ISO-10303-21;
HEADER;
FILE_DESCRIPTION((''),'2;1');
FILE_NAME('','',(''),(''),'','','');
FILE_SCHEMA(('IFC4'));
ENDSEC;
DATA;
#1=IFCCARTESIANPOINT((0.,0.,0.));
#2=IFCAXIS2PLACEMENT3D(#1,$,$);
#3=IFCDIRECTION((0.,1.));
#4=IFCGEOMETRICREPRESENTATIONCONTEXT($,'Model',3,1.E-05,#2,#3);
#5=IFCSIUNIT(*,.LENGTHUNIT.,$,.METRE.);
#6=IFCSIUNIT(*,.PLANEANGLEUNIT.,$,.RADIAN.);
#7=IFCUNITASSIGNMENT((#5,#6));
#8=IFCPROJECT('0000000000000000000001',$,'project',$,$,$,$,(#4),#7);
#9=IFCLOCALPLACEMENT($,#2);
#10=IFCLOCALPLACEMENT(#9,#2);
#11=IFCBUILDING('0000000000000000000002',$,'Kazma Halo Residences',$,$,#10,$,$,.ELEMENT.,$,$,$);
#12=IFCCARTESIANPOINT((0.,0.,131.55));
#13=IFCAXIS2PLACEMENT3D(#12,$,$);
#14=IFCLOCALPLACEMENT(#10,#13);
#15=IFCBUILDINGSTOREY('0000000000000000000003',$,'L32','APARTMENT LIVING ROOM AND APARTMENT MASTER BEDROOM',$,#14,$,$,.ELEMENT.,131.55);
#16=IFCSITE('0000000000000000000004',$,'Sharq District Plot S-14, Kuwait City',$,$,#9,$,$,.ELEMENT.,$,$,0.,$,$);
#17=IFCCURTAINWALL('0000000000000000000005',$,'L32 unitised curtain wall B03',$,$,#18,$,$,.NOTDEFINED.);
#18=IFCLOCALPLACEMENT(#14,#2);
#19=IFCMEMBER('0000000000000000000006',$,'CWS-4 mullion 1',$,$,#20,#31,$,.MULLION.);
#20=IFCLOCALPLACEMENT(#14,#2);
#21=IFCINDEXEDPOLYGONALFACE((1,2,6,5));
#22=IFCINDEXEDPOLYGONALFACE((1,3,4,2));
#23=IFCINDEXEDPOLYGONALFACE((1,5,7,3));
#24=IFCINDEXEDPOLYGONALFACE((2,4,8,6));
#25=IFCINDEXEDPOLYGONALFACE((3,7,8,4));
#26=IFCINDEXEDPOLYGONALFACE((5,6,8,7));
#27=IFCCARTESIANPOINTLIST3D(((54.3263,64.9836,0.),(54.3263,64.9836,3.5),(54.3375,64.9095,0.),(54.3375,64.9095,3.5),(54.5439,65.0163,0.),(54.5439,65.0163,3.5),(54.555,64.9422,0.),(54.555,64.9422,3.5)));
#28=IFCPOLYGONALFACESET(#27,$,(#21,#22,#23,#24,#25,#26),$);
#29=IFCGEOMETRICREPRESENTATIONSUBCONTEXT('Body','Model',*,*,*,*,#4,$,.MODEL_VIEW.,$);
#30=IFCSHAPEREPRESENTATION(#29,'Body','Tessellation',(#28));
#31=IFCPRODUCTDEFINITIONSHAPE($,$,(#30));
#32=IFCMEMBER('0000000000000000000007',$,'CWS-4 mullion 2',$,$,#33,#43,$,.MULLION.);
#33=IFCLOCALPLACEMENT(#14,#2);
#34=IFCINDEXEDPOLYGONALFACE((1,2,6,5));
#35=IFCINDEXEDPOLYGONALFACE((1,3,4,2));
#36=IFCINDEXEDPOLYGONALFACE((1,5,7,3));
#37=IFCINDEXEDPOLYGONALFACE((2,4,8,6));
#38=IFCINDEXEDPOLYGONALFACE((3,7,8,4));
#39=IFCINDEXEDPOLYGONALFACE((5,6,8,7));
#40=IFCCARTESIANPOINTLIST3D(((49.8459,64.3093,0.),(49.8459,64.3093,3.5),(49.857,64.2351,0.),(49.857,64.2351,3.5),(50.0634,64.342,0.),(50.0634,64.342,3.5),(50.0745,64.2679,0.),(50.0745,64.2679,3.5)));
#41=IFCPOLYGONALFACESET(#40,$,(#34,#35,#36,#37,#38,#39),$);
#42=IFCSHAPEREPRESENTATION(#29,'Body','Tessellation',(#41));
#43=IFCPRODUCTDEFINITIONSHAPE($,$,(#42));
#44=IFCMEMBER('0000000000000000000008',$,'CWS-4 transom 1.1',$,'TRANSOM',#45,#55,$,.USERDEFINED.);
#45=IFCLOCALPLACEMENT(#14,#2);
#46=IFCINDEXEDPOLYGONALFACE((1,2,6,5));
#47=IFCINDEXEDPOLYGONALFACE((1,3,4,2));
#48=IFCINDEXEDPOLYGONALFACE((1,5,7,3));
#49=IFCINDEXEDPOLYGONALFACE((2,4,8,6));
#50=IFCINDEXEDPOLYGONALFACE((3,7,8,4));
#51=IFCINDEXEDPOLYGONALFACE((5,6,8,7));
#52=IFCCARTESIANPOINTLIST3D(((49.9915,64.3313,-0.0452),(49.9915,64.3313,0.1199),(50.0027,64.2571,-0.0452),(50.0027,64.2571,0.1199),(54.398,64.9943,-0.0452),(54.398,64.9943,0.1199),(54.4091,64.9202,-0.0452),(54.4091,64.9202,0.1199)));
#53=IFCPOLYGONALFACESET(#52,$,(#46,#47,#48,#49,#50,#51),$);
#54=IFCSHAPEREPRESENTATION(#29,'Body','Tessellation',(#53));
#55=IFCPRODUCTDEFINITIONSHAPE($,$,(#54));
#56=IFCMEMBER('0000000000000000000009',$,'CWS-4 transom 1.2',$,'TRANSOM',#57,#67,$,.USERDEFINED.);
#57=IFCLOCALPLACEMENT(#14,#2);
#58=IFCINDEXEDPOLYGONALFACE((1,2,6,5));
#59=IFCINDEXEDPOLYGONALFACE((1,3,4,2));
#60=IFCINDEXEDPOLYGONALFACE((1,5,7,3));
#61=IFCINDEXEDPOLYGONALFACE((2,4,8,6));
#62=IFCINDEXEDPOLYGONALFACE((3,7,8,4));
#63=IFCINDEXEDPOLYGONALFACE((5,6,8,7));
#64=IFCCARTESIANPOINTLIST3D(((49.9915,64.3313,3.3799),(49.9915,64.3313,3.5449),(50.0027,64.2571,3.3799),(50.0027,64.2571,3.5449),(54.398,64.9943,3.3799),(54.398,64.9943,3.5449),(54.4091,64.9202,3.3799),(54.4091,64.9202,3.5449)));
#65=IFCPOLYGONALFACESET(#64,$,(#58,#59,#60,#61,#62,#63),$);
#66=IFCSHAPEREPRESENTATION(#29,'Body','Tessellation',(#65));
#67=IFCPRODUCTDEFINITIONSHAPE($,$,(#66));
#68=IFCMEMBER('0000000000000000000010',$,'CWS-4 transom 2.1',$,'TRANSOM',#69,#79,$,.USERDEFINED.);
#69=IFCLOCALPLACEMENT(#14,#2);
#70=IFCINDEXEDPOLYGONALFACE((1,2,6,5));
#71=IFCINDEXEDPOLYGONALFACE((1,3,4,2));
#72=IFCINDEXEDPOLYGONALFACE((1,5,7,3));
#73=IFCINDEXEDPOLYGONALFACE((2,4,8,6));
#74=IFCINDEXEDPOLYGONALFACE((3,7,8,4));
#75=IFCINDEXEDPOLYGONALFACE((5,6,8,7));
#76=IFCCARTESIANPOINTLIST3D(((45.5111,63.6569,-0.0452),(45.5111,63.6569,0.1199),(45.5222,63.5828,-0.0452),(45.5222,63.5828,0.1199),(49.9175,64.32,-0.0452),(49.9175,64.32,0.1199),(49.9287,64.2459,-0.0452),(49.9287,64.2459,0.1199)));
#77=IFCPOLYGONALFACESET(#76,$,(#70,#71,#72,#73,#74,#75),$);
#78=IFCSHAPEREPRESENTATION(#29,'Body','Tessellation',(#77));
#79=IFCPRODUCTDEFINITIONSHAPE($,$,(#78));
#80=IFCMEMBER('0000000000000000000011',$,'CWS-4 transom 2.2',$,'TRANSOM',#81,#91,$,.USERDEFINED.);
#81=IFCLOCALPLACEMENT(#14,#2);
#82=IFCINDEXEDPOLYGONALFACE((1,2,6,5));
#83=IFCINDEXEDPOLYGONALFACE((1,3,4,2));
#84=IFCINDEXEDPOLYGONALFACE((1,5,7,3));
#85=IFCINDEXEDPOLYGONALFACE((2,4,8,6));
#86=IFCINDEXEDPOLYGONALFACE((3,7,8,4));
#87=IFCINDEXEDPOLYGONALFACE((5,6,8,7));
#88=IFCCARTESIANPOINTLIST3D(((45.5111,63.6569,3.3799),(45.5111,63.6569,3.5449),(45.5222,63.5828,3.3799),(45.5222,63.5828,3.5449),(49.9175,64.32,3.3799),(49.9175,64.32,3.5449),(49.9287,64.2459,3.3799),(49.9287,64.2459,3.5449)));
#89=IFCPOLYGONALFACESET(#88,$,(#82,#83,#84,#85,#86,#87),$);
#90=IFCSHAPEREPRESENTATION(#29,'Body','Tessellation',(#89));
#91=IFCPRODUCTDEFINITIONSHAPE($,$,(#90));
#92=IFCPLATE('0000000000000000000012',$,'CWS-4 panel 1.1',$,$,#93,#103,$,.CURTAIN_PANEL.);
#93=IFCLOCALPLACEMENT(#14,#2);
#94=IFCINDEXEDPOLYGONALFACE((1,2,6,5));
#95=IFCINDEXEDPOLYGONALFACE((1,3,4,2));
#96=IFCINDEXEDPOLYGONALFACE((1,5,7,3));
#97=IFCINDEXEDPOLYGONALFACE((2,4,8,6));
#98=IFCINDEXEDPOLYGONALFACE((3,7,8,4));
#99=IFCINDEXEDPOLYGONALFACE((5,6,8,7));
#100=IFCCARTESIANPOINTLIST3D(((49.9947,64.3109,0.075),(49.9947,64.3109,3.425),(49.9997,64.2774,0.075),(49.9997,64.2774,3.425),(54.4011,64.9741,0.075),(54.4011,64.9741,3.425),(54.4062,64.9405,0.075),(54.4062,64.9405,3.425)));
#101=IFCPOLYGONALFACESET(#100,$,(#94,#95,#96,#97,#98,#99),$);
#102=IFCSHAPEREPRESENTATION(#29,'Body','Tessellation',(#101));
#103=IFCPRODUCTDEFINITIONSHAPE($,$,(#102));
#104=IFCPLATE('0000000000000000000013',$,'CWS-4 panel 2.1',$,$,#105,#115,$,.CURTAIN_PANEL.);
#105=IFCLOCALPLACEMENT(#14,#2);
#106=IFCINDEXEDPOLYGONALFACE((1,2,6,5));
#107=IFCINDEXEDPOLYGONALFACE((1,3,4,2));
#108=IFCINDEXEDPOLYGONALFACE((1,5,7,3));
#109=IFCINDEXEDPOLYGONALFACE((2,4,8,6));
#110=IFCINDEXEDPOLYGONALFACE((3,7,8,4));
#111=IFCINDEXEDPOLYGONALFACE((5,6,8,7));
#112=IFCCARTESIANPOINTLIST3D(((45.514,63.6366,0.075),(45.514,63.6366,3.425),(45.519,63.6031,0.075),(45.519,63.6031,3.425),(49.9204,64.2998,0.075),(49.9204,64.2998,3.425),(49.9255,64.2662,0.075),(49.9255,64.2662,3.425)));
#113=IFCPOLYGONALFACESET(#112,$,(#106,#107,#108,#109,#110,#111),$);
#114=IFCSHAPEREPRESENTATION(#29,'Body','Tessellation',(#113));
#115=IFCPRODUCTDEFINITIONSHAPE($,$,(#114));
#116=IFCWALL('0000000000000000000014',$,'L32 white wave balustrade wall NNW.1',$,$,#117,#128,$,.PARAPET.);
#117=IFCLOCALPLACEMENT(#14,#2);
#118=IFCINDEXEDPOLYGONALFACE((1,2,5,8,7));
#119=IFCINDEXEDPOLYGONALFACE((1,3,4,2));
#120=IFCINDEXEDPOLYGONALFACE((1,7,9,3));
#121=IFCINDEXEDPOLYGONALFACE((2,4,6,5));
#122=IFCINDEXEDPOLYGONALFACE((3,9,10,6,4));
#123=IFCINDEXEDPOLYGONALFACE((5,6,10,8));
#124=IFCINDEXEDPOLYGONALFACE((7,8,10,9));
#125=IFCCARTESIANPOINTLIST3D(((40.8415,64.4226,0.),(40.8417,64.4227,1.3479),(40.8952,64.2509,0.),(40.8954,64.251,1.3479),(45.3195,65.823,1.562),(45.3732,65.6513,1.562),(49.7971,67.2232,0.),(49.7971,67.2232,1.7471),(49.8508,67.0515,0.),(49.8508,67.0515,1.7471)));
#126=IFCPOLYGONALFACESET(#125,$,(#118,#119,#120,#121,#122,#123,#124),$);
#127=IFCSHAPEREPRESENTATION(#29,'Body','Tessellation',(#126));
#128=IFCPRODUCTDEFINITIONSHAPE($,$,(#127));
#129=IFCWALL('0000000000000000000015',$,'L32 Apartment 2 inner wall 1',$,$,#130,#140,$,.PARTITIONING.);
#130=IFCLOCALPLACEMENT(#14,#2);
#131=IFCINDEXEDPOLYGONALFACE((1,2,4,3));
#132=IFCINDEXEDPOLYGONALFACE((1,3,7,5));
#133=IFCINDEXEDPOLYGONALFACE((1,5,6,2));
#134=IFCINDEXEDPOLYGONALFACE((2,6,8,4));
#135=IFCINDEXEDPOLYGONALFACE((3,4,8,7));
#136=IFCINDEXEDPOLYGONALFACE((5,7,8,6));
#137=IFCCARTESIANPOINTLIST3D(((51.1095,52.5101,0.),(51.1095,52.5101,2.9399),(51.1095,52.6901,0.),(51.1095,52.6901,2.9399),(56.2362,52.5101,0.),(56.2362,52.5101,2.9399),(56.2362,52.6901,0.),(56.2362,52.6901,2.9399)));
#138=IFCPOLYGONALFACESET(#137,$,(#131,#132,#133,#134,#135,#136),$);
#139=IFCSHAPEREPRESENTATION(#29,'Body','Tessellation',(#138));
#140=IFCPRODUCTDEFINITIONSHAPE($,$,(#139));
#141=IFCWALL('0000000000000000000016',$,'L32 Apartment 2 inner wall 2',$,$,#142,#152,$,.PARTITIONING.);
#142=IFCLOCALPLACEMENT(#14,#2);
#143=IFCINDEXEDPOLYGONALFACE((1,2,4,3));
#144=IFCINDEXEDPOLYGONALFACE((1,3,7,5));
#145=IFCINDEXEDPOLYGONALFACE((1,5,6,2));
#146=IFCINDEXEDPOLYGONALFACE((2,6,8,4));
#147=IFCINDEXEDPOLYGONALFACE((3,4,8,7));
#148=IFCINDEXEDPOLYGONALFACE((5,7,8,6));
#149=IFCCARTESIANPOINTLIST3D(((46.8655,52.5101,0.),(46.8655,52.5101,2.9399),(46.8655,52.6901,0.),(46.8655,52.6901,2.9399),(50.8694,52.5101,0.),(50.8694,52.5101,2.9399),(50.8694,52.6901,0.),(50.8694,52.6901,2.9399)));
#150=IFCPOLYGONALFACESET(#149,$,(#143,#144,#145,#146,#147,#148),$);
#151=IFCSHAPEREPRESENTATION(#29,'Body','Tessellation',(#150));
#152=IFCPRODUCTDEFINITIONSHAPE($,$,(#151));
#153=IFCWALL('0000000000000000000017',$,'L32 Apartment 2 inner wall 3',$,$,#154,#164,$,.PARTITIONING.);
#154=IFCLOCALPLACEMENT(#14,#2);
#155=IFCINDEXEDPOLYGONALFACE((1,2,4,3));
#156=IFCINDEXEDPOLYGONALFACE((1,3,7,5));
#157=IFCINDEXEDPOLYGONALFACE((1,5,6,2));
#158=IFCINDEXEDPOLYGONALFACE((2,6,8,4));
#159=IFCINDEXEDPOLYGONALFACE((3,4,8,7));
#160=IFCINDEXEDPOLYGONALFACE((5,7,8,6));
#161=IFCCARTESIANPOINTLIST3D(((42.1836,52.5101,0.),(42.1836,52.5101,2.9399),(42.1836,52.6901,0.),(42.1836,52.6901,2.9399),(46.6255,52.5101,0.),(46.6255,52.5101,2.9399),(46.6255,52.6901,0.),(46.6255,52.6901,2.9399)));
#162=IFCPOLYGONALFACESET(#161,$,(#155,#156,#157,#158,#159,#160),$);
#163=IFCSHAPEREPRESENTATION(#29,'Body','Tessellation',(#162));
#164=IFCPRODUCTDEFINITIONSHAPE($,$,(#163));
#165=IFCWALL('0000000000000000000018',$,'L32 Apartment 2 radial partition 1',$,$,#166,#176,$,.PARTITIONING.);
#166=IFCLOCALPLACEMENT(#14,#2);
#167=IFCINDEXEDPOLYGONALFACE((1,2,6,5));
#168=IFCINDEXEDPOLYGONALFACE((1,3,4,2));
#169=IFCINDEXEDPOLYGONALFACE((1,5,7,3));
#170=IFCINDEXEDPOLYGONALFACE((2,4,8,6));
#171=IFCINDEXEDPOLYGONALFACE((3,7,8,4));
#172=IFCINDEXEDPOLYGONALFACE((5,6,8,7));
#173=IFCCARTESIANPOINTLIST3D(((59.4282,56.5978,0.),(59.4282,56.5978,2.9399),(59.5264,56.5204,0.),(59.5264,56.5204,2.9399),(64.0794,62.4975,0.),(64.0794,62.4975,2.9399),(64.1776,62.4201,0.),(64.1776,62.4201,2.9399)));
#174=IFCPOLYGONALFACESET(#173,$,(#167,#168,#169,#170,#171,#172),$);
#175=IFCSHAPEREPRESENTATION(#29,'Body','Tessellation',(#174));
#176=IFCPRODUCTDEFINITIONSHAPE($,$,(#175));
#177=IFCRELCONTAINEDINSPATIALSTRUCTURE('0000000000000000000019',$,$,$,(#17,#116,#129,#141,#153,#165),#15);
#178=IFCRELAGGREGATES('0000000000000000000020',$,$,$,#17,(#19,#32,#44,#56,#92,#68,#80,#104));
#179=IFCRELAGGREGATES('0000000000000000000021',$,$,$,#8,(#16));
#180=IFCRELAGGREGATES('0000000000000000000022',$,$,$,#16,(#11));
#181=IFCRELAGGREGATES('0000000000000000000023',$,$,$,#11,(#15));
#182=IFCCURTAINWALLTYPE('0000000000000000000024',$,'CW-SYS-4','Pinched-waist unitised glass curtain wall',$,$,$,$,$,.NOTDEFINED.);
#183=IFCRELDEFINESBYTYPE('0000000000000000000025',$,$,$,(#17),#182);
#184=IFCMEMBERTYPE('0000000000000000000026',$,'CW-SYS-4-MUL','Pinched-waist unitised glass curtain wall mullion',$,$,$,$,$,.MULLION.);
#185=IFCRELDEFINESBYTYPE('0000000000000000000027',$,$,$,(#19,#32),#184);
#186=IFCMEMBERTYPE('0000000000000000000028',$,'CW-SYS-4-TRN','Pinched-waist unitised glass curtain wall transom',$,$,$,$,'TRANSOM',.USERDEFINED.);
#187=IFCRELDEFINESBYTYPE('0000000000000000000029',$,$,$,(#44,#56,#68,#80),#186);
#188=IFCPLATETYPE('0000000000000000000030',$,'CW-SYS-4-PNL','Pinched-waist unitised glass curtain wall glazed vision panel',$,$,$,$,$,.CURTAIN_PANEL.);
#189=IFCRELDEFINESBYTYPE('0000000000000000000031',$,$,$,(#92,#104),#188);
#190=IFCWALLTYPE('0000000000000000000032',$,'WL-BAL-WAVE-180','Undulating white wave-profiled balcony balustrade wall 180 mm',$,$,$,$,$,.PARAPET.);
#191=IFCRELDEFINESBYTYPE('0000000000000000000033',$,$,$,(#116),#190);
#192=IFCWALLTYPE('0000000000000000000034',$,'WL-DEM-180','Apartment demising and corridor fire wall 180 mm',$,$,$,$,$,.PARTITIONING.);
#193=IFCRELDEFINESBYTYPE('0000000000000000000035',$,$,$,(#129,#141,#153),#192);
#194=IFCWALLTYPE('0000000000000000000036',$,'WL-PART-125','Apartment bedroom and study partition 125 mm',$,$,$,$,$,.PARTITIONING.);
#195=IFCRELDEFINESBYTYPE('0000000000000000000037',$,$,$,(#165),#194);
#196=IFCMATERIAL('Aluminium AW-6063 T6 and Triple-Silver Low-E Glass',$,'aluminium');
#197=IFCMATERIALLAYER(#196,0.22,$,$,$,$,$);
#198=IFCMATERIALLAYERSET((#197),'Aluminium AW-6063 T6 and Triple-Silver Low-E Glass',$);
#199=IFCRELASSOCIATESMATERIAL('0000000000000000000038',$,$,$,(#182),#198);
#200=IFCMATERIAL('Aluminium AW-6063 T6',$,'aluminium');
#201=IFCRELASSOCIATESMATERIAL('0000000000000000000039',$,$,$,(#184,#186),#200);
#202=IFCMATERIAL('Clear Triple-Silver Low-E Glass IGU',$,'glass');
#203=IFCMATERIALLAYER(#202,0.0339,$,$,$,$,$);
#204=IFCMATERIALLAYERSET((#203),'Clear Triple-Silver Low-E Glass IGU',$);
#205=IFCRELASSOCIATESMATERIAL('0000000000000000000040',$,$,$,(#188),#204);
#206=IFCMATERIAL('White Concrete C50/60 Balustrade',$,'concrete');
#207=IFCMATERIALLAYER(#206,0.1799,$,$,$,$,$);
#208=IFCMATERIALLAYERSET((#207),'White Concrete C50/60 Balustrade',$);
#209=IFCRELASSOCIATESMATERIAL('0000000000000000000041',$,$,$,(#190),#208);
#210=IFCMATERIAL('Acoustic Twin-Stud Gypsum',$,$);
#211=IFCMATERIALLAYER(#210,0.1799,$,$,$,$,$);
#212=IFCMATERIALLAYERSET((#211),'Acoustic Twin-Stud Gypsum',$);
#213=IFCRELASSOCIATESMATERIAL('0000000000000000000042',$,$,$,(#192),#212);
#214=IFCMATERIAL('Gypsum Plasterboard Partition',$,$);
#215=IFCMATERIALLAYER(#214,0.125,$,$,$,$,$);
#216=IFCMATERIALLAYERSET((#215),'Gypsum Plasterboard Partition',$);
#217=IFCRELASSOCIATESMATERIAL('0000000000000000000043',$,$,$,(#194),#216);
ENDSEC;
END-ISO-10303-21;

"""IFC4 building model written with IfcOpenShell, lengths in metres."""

from ifc_helpers import new_model, si_unit, direction, frame, frame_2d, origin, origin_2d, place, context, subcontext, project, spatial, polyline, rectangle, outline, extrude, material, layer, layer_set, material_profile, profile_set, type_object, element, aggregate, save


model = new_model("IFC4")

# Units and contexts
model_context = context("Model", 3, precision=1e-05, world=origin(), true_north=direction((0.0, 1.0)))
body_context = subcontext(model_context, "Body", "Model", "MODEL_VIEW")
ifc_project = project(units=[si_unit("LENGTHUNIT", "METRE"), si_unit("PLANEANGLEUNIT", "RADIAN")], contexts=[model_context])

# Site, building, storey
site_placement = place(None, origin())
site = spatial("IfcSite", under=ifc_project, at=site_placement, Name="Sharq District Plot S-14, Kuwait City", CompositionType="ELEMENT", RefElevation=0.0)
building_placement = place(site_placement, origin())
building = spatial("IfcBuilding", under=site, at=building_placement, Name="Kazma Halo Residences", CompositionType="ELEMENT")
storey_placement = place(building_placement, frame((0.0, 0.0, 131.55)))
storey = spatial("IfcBuildingStorey", under=building, at=storey_placement, Name="L32", Description="APARTMENT LIVING ROOM AND APARTMENT MASTER BEDROOM", CompositionType="ELEMENT", Elevation=131.55)

# Curtain wall, members, plates
ifc_material_1 = material(Name="Aluminium AW-6063 T6 and Triple-Silver Low-E Glass", Category="aluminium")
ifc_layer_1 = layer(ifc_material_1, 0.22)
ifc_layer_set_1 = layer_set([ifc_layer_1], Name="Aluminium AW-6063 T6 and Triple-Silver Low-E Glass")
curtain_wall_type = type_object("IfcCurtainWallType", Name="CW-SYS-4", Description="Pinched-waist unitised glass curtain wall", PredefinedType="NOTDEFINED", material=ifc_layer_set_1)
curtain_wall_placement = place(storey_placement, origin())
curtain_wall = element("IfcCurtainWall", 1, at=curtain_wall_placement, inside=storey, type_object=curtain_wall_type, Name="L32 unitised curtain wall B03", PredefinedType="NOTDEFINED")
ifc_material_2 = material(Name="Aluminium AW-6063 T6", Category="aluminium")
ifc_material_profile_1 = material_profile(ifc_material_2, rectangle(XDim=0.075, YDim=0.22, at=origin_2d()), Name="CWM-75x220")
ifc_profile_set_1 = profile_set([ifc_material_profile_1], Name="Aluminium AW-6063 T6")
member_type_1 = type_object("IfcMemberType", Name="CW-SYS-4-MUL", Description="Pinched-waist unitised glass curtain wall mullion", PredefinedType="MULLION", material=ifc_profile_set_1)
member_1_placement = place(storey_placement, frame((54.4407, 64.9629, 0.0), z_axis=(0.0, 0.0, 1.0), x_axis=(0.148821, -0.988864, 0.0)))
member_1 = element("IfcMember", 2, at=member_1_placement, type_object=member_type_1, Name="CWS-4 mullion 1", PredefinedType="MULLION", context=body_context, shape_type="SweptSolid", body=[
    extrude(rectangle(XDim=0.075, YDim=0.22, at=origin_2d()), origin(), (0.0, 0.0, 1.0), 3.5),
])
member_2_placement = place(storey_placement, frame((49.9602, 64.2886, 0.0), z_axis=(0.0, 0.0, 1.0), x_axis=(0.148821, -0.988864, 0.0)))
member_2 = element("IfcMember", 3, at=member_2_placement, type_object=member_type_1, Name="CWS-4 mullion 2", PredefinedType="MULLION", context=body_context, shape_type="SweptSolid", body=[
    extrude(rectangle(XDim=0.075, YDim=0.22, at=origin_2d()), origin(), (0.0, 0.0, 1.0), 3.5),
])
ifc_material_profile_2 = material_profile(ifc_material_2, rectangle(XDim=0.075, YDim=0.165, at=origin_2d()), Name="CWT-75x165")
ifc_profile_set_2 = profile_set([ifc_material_profile_2], Name="Aluminium AW-6063 T6")
member_type_2 = type_object("IfcMemberType", Name="CW-SYS-4-TRN", Description="Pinched-waist unitised glass curtain wall transom", ElementType="TRANSOM", PredefinedType="USERDEFINED", material=ifc_profile_set_2)
member_3_placement = place(storey_placement, frame((54.4036, 64.9573, 0.0374), z_axis=(-0.988867, -0.148804, 0.0), x_axis=(0.148804, -0.988867, 0.0)))
member_3 = element("IfcMember", 4, at=member_3_placement, type_object=member_type_2, Name="CWS-4 transom 1.1", ObjectType="TRANSOM", PredefinedType="USERDEFINED", context=body_context, shape_type="SweptSolid", body=[
    extrude(rectangle(XDim=0.075, YDim=0.165, at=origin_2d()), origin(), (0.0, 0.0, 1.0), 4.4561),
])
member_4_placement = place(storey_placement, frame((54.4036, 64.9573, 3.4624), z_axis=(-0.988867, -0.148804, 0.0), x_axis=(0.148804, -0.988867, 0.0)))
member_4 = element("IfcMember", 5, at=member_4_placement, type_object=member_type_2, Name="CWS-4 transom 1.2", ObjectType="TRANSOM", PredefinedType="USERDEFINED", context=body_context, shape_type="SweptSolid", body=[
    extrude(rectangle(XDim=0.075, YDim=0.165, at=origin_2d()), origin(), (0.0, 0.0, 1.0), 4.4561),
])
member_5_placement = place(storey_placement, frame((49.9231, 64.283, 0.0374), z_axis=(-0.988867, -0.148804, 0.0), x_axis=(0.148804, -0.988867, 0.0)))
member_5 = element("IfcMember", 6, at=member_5_placement, type_object=member_type_2, Name="CWS-4 transom 2.1", ObjectType="TRANSOM", PredefinedType="USERDEFINED", context=body_context, shape_type="SweptSolid", body=[
    extrude(rectangle(XDim=0.075, YDim=0.165, at=origin_2d()), origin(), (0.0, 0.0, 1.0), 4.4561),
])
member_6_placement = place(storey_placement, frame((49.9231, 64.283, 3.4624), z_axis=(-0.988867, -0.148804, 0.0), x_axis=(0.148804, -0.988867, 0.0)))
member_6 = element("IfcMember", 7, at=member_6_placement, type_object=member_type_2, Name="CWS-4 transom 2.2", ObjectType="TRANSOM", PredefinedType="USERDEFINED", context=body_context, shape_type="SweptSolid", body=[
    extrude(rectangle(XDim=0.075, YDim=0.165, at=origin_2d()), origin(), (0.0, 0.0, 1.0), 4.4561),
])
ifc_material_3 = material(Name="Clear Triple-Silver Low-E Glass IGU", Category="glass")
ifc_layer_2 = layer(ifc_material_3, 0.0339)
ifc_layer_set_2 = layer_set([ifc_layer_2], Name="Clear Triple-Silver Low-E Glass IGU")
plate_type = type_object("IfcPlateType", Name="CW-SYS-4-PNL", Description="Pinched-waist unitised glass curtain wall glazed vision panel", PredefinedType="CURTAIN_PANEL", material=ifc_layer_set_2)
plate_1_placement = place(storey_placement, frame((52.2004, 64.6257, 0.075), z_axis=(0.0, 0.0, 1.0), x_axis=(-0.988864, -0.148821, 0.0)))
plate_1 = element("IfcPlate", 8, at=plate_1_placement, type_object=plate_type, Name="CWS-4 panel 1.1", PredefinedType="CURTAIN_PANEL", context=body_context, shape_type="SweptSolid", body=[
    extrude(rectangle(XDim=4.4561, YDim=0.0339, at=origin_2d()), origin(), (0.0, 0.0, 1.0), 3.3501),
])
plate_2_placement = place(storey_placement, frame((47.7197, 63.9514, 0.075), z_axis=(0.0, 0.0, 1.0), x_axis=(-0.988864, -0.148821, 0.0)))
plate_2 = element("IfcPlate", 9, at=plate_2_placement, type_object=plate_type, Name="CWS-4 panel 2.1", PredefinedType="CURTAIN_PANEL", context=body_context, shape_type="SweptSolid", body=[
    extrude(rectangle(XDim=4.4561, YDim=0.0339, at=origin_2d()), origin(), (0.0, 0.0, 1.0), 3.3501),
])
aggregate(curtain_wall, [member_1, member_2, member_3, member_4, plate_1, member_5, member_6, plate_2])

# Walls
ifc_material_4 = material(Name="White Concrete C50/60 Balustrade", Category="concrete")
ifc_layer_3 = layer(ifc_material_4, 0.1799)
ifc_layer_set_3 = layer_set([ifc_layer_3], Name="White Concrete C50/60 Balustrade")
wall_type_1 = type_object("IfcWallType", Name="WL-BAL-WAVE-180", Description="Undulating white wave-profiled balcony balustrade wall 180 mm", PredefinedType="PARAPET", material=ifc_layer_set_3)
wall_1_placement = place(storey_placement, frame((49.824, 67.1372, 0.0), z_axis=(0.0, 0.0, 1.0), x_axis=(-0.954422, -0.298462, 0.0)))
element("IfcWall", 10, at=wall_1_placement, inside=storey, type_object=wall_type_1, Name="L32 white wave balustrade wall NNW.1", PredefinedType="PARAPET", context=body_context, shape_type="SweptSolid", body=[
    extrude(outline(polyline([(0.0, 0.0), (9.3833, 0.0), (9.3831, 1.3479), (4.6914, 1.562), (0.0, 1.7471), (0.0, 0.0)])), frame((0.0, 0.0898, 0.0), z_axis=(0.0, -1.0, 0.0), x_axis=(1.0, 0.0, 0.0)), (0.0, 0.0, 1.0), 0.1799),
])
ifc_material_5 = material(Name="Acoustic Twin-Stud Gypsum")
ifc_layer_4 = layer(ifc_material_5, 0.1799)
ifc_layer_set_4 = layer_set([ifc_layer_4], Name="Acoustic Twin-Stud Gypsum")
wall_type_2 = type_object("IfcWallType", Name="WL-DEM-180", Description="Apartment demising and corridor fire wall 180 mm", PredefinedType="PARTITIONING", material=ifc_layer_set_4)
wall_2_placement = place(storey_placement, frame((56.2363, 52.6001, 0.0), z_axis=(0.0, 0.0, 1.0), x_axis=(-1.0, 0.0, 0.0)))
element("IfcWall", 11, at=wall_2_placement, inside=storey, type_object=wall_type_2, Name="L32 Apartment 2 inner wall 1", PredefinedType="PARTITIONING", context=body_context, shape_type="SweptSolid", body=[
    extrude(rectangle(XDim=5.1267, YDim=0.1799, at=frame_2d((2.5635, 0.0))), origin(), (0.0, 0.0, 1.0), 2.9399),
])
wall_3_placement = place(storey_placement, frame((50.8694, 52.6001, 0.0), z_axis=(0.0, 0.0, 1.0), x_axis=(-1.0, 0.0, 0.0)))
element("IfcWall", 12, at=wall_3_placement, inside=storey, type_object=wall_type_2, Name="L32 Apartment 2 inner wall 2", PredefinedType="PARTITIONING", context=body_context, shape_type="SweptSolid", body=[
    extrude(rectangle(XDim=4.0039, YDim=0.1799, at=frame_2d((2.002, 0.0))), origin(), (0.0, 0.0, 1.0), 2.9399),
])
wall_4_placement = place(storey_placement, frame((46.6255, 52.6001, 0.0), z_axis=(0.0, 0.0, 1.0), x_axis=(-1.0, 0.0, 0.0)))
element("IfcWall", 13, at=wall_4_placement, inside=storey, type_object=wall_type_2, Name="L32 Apartment 2 inner wall 3", PredefinedType="PARTITIONING", context=body_context, shape_type="SweptSolid", body=[
    extrude(rectangle(XDim=4.4419, YDim=0.1799, at=frame_2d((2.2209, 0.0))), origin(), (0.0, 0.0, 1.0), 2.9399),
])
ifc_material_6 = material(Name="Gypsum Plasterboard Partition")
ifc_layer_5 = layer(ifc_material_6, 0.125)
ifc_layer_set_5 = layer_set([ifc_layer_5], Name="Gypsum Plasterboard Partition")
wall_type_3 = type_object("IfcWallType", Name="WL-PART-125", Description="Apartment bedroom and study partition 125 mm", PredefinedType="PARTITIONING", material=ifc_layer_set_5)
wall_5_placement = place(storey_placement, frame((59.4773, 56.5591, 0.0), z_axis=(0.0, 0.0, 1.0), x_axis=(0.619111, 0.785303, 0.0)))
element("IfcWall", 14, at=wall_5_placement, inside=storey, type_object=wall_type_3, Name="L32 Apartment 2 radial partition 1", PredefinedType="PARTITIONING", context=body_context, shape_type="SweptSolid", body=[
    extrude(rectangle(XDim=7.5127, YDim=0.125, at=frame_2d((3.7563, 0.0))), origin(), (0.0, 0.0, 1.0), 2.9399),
])

save(model, "model.ifc")
